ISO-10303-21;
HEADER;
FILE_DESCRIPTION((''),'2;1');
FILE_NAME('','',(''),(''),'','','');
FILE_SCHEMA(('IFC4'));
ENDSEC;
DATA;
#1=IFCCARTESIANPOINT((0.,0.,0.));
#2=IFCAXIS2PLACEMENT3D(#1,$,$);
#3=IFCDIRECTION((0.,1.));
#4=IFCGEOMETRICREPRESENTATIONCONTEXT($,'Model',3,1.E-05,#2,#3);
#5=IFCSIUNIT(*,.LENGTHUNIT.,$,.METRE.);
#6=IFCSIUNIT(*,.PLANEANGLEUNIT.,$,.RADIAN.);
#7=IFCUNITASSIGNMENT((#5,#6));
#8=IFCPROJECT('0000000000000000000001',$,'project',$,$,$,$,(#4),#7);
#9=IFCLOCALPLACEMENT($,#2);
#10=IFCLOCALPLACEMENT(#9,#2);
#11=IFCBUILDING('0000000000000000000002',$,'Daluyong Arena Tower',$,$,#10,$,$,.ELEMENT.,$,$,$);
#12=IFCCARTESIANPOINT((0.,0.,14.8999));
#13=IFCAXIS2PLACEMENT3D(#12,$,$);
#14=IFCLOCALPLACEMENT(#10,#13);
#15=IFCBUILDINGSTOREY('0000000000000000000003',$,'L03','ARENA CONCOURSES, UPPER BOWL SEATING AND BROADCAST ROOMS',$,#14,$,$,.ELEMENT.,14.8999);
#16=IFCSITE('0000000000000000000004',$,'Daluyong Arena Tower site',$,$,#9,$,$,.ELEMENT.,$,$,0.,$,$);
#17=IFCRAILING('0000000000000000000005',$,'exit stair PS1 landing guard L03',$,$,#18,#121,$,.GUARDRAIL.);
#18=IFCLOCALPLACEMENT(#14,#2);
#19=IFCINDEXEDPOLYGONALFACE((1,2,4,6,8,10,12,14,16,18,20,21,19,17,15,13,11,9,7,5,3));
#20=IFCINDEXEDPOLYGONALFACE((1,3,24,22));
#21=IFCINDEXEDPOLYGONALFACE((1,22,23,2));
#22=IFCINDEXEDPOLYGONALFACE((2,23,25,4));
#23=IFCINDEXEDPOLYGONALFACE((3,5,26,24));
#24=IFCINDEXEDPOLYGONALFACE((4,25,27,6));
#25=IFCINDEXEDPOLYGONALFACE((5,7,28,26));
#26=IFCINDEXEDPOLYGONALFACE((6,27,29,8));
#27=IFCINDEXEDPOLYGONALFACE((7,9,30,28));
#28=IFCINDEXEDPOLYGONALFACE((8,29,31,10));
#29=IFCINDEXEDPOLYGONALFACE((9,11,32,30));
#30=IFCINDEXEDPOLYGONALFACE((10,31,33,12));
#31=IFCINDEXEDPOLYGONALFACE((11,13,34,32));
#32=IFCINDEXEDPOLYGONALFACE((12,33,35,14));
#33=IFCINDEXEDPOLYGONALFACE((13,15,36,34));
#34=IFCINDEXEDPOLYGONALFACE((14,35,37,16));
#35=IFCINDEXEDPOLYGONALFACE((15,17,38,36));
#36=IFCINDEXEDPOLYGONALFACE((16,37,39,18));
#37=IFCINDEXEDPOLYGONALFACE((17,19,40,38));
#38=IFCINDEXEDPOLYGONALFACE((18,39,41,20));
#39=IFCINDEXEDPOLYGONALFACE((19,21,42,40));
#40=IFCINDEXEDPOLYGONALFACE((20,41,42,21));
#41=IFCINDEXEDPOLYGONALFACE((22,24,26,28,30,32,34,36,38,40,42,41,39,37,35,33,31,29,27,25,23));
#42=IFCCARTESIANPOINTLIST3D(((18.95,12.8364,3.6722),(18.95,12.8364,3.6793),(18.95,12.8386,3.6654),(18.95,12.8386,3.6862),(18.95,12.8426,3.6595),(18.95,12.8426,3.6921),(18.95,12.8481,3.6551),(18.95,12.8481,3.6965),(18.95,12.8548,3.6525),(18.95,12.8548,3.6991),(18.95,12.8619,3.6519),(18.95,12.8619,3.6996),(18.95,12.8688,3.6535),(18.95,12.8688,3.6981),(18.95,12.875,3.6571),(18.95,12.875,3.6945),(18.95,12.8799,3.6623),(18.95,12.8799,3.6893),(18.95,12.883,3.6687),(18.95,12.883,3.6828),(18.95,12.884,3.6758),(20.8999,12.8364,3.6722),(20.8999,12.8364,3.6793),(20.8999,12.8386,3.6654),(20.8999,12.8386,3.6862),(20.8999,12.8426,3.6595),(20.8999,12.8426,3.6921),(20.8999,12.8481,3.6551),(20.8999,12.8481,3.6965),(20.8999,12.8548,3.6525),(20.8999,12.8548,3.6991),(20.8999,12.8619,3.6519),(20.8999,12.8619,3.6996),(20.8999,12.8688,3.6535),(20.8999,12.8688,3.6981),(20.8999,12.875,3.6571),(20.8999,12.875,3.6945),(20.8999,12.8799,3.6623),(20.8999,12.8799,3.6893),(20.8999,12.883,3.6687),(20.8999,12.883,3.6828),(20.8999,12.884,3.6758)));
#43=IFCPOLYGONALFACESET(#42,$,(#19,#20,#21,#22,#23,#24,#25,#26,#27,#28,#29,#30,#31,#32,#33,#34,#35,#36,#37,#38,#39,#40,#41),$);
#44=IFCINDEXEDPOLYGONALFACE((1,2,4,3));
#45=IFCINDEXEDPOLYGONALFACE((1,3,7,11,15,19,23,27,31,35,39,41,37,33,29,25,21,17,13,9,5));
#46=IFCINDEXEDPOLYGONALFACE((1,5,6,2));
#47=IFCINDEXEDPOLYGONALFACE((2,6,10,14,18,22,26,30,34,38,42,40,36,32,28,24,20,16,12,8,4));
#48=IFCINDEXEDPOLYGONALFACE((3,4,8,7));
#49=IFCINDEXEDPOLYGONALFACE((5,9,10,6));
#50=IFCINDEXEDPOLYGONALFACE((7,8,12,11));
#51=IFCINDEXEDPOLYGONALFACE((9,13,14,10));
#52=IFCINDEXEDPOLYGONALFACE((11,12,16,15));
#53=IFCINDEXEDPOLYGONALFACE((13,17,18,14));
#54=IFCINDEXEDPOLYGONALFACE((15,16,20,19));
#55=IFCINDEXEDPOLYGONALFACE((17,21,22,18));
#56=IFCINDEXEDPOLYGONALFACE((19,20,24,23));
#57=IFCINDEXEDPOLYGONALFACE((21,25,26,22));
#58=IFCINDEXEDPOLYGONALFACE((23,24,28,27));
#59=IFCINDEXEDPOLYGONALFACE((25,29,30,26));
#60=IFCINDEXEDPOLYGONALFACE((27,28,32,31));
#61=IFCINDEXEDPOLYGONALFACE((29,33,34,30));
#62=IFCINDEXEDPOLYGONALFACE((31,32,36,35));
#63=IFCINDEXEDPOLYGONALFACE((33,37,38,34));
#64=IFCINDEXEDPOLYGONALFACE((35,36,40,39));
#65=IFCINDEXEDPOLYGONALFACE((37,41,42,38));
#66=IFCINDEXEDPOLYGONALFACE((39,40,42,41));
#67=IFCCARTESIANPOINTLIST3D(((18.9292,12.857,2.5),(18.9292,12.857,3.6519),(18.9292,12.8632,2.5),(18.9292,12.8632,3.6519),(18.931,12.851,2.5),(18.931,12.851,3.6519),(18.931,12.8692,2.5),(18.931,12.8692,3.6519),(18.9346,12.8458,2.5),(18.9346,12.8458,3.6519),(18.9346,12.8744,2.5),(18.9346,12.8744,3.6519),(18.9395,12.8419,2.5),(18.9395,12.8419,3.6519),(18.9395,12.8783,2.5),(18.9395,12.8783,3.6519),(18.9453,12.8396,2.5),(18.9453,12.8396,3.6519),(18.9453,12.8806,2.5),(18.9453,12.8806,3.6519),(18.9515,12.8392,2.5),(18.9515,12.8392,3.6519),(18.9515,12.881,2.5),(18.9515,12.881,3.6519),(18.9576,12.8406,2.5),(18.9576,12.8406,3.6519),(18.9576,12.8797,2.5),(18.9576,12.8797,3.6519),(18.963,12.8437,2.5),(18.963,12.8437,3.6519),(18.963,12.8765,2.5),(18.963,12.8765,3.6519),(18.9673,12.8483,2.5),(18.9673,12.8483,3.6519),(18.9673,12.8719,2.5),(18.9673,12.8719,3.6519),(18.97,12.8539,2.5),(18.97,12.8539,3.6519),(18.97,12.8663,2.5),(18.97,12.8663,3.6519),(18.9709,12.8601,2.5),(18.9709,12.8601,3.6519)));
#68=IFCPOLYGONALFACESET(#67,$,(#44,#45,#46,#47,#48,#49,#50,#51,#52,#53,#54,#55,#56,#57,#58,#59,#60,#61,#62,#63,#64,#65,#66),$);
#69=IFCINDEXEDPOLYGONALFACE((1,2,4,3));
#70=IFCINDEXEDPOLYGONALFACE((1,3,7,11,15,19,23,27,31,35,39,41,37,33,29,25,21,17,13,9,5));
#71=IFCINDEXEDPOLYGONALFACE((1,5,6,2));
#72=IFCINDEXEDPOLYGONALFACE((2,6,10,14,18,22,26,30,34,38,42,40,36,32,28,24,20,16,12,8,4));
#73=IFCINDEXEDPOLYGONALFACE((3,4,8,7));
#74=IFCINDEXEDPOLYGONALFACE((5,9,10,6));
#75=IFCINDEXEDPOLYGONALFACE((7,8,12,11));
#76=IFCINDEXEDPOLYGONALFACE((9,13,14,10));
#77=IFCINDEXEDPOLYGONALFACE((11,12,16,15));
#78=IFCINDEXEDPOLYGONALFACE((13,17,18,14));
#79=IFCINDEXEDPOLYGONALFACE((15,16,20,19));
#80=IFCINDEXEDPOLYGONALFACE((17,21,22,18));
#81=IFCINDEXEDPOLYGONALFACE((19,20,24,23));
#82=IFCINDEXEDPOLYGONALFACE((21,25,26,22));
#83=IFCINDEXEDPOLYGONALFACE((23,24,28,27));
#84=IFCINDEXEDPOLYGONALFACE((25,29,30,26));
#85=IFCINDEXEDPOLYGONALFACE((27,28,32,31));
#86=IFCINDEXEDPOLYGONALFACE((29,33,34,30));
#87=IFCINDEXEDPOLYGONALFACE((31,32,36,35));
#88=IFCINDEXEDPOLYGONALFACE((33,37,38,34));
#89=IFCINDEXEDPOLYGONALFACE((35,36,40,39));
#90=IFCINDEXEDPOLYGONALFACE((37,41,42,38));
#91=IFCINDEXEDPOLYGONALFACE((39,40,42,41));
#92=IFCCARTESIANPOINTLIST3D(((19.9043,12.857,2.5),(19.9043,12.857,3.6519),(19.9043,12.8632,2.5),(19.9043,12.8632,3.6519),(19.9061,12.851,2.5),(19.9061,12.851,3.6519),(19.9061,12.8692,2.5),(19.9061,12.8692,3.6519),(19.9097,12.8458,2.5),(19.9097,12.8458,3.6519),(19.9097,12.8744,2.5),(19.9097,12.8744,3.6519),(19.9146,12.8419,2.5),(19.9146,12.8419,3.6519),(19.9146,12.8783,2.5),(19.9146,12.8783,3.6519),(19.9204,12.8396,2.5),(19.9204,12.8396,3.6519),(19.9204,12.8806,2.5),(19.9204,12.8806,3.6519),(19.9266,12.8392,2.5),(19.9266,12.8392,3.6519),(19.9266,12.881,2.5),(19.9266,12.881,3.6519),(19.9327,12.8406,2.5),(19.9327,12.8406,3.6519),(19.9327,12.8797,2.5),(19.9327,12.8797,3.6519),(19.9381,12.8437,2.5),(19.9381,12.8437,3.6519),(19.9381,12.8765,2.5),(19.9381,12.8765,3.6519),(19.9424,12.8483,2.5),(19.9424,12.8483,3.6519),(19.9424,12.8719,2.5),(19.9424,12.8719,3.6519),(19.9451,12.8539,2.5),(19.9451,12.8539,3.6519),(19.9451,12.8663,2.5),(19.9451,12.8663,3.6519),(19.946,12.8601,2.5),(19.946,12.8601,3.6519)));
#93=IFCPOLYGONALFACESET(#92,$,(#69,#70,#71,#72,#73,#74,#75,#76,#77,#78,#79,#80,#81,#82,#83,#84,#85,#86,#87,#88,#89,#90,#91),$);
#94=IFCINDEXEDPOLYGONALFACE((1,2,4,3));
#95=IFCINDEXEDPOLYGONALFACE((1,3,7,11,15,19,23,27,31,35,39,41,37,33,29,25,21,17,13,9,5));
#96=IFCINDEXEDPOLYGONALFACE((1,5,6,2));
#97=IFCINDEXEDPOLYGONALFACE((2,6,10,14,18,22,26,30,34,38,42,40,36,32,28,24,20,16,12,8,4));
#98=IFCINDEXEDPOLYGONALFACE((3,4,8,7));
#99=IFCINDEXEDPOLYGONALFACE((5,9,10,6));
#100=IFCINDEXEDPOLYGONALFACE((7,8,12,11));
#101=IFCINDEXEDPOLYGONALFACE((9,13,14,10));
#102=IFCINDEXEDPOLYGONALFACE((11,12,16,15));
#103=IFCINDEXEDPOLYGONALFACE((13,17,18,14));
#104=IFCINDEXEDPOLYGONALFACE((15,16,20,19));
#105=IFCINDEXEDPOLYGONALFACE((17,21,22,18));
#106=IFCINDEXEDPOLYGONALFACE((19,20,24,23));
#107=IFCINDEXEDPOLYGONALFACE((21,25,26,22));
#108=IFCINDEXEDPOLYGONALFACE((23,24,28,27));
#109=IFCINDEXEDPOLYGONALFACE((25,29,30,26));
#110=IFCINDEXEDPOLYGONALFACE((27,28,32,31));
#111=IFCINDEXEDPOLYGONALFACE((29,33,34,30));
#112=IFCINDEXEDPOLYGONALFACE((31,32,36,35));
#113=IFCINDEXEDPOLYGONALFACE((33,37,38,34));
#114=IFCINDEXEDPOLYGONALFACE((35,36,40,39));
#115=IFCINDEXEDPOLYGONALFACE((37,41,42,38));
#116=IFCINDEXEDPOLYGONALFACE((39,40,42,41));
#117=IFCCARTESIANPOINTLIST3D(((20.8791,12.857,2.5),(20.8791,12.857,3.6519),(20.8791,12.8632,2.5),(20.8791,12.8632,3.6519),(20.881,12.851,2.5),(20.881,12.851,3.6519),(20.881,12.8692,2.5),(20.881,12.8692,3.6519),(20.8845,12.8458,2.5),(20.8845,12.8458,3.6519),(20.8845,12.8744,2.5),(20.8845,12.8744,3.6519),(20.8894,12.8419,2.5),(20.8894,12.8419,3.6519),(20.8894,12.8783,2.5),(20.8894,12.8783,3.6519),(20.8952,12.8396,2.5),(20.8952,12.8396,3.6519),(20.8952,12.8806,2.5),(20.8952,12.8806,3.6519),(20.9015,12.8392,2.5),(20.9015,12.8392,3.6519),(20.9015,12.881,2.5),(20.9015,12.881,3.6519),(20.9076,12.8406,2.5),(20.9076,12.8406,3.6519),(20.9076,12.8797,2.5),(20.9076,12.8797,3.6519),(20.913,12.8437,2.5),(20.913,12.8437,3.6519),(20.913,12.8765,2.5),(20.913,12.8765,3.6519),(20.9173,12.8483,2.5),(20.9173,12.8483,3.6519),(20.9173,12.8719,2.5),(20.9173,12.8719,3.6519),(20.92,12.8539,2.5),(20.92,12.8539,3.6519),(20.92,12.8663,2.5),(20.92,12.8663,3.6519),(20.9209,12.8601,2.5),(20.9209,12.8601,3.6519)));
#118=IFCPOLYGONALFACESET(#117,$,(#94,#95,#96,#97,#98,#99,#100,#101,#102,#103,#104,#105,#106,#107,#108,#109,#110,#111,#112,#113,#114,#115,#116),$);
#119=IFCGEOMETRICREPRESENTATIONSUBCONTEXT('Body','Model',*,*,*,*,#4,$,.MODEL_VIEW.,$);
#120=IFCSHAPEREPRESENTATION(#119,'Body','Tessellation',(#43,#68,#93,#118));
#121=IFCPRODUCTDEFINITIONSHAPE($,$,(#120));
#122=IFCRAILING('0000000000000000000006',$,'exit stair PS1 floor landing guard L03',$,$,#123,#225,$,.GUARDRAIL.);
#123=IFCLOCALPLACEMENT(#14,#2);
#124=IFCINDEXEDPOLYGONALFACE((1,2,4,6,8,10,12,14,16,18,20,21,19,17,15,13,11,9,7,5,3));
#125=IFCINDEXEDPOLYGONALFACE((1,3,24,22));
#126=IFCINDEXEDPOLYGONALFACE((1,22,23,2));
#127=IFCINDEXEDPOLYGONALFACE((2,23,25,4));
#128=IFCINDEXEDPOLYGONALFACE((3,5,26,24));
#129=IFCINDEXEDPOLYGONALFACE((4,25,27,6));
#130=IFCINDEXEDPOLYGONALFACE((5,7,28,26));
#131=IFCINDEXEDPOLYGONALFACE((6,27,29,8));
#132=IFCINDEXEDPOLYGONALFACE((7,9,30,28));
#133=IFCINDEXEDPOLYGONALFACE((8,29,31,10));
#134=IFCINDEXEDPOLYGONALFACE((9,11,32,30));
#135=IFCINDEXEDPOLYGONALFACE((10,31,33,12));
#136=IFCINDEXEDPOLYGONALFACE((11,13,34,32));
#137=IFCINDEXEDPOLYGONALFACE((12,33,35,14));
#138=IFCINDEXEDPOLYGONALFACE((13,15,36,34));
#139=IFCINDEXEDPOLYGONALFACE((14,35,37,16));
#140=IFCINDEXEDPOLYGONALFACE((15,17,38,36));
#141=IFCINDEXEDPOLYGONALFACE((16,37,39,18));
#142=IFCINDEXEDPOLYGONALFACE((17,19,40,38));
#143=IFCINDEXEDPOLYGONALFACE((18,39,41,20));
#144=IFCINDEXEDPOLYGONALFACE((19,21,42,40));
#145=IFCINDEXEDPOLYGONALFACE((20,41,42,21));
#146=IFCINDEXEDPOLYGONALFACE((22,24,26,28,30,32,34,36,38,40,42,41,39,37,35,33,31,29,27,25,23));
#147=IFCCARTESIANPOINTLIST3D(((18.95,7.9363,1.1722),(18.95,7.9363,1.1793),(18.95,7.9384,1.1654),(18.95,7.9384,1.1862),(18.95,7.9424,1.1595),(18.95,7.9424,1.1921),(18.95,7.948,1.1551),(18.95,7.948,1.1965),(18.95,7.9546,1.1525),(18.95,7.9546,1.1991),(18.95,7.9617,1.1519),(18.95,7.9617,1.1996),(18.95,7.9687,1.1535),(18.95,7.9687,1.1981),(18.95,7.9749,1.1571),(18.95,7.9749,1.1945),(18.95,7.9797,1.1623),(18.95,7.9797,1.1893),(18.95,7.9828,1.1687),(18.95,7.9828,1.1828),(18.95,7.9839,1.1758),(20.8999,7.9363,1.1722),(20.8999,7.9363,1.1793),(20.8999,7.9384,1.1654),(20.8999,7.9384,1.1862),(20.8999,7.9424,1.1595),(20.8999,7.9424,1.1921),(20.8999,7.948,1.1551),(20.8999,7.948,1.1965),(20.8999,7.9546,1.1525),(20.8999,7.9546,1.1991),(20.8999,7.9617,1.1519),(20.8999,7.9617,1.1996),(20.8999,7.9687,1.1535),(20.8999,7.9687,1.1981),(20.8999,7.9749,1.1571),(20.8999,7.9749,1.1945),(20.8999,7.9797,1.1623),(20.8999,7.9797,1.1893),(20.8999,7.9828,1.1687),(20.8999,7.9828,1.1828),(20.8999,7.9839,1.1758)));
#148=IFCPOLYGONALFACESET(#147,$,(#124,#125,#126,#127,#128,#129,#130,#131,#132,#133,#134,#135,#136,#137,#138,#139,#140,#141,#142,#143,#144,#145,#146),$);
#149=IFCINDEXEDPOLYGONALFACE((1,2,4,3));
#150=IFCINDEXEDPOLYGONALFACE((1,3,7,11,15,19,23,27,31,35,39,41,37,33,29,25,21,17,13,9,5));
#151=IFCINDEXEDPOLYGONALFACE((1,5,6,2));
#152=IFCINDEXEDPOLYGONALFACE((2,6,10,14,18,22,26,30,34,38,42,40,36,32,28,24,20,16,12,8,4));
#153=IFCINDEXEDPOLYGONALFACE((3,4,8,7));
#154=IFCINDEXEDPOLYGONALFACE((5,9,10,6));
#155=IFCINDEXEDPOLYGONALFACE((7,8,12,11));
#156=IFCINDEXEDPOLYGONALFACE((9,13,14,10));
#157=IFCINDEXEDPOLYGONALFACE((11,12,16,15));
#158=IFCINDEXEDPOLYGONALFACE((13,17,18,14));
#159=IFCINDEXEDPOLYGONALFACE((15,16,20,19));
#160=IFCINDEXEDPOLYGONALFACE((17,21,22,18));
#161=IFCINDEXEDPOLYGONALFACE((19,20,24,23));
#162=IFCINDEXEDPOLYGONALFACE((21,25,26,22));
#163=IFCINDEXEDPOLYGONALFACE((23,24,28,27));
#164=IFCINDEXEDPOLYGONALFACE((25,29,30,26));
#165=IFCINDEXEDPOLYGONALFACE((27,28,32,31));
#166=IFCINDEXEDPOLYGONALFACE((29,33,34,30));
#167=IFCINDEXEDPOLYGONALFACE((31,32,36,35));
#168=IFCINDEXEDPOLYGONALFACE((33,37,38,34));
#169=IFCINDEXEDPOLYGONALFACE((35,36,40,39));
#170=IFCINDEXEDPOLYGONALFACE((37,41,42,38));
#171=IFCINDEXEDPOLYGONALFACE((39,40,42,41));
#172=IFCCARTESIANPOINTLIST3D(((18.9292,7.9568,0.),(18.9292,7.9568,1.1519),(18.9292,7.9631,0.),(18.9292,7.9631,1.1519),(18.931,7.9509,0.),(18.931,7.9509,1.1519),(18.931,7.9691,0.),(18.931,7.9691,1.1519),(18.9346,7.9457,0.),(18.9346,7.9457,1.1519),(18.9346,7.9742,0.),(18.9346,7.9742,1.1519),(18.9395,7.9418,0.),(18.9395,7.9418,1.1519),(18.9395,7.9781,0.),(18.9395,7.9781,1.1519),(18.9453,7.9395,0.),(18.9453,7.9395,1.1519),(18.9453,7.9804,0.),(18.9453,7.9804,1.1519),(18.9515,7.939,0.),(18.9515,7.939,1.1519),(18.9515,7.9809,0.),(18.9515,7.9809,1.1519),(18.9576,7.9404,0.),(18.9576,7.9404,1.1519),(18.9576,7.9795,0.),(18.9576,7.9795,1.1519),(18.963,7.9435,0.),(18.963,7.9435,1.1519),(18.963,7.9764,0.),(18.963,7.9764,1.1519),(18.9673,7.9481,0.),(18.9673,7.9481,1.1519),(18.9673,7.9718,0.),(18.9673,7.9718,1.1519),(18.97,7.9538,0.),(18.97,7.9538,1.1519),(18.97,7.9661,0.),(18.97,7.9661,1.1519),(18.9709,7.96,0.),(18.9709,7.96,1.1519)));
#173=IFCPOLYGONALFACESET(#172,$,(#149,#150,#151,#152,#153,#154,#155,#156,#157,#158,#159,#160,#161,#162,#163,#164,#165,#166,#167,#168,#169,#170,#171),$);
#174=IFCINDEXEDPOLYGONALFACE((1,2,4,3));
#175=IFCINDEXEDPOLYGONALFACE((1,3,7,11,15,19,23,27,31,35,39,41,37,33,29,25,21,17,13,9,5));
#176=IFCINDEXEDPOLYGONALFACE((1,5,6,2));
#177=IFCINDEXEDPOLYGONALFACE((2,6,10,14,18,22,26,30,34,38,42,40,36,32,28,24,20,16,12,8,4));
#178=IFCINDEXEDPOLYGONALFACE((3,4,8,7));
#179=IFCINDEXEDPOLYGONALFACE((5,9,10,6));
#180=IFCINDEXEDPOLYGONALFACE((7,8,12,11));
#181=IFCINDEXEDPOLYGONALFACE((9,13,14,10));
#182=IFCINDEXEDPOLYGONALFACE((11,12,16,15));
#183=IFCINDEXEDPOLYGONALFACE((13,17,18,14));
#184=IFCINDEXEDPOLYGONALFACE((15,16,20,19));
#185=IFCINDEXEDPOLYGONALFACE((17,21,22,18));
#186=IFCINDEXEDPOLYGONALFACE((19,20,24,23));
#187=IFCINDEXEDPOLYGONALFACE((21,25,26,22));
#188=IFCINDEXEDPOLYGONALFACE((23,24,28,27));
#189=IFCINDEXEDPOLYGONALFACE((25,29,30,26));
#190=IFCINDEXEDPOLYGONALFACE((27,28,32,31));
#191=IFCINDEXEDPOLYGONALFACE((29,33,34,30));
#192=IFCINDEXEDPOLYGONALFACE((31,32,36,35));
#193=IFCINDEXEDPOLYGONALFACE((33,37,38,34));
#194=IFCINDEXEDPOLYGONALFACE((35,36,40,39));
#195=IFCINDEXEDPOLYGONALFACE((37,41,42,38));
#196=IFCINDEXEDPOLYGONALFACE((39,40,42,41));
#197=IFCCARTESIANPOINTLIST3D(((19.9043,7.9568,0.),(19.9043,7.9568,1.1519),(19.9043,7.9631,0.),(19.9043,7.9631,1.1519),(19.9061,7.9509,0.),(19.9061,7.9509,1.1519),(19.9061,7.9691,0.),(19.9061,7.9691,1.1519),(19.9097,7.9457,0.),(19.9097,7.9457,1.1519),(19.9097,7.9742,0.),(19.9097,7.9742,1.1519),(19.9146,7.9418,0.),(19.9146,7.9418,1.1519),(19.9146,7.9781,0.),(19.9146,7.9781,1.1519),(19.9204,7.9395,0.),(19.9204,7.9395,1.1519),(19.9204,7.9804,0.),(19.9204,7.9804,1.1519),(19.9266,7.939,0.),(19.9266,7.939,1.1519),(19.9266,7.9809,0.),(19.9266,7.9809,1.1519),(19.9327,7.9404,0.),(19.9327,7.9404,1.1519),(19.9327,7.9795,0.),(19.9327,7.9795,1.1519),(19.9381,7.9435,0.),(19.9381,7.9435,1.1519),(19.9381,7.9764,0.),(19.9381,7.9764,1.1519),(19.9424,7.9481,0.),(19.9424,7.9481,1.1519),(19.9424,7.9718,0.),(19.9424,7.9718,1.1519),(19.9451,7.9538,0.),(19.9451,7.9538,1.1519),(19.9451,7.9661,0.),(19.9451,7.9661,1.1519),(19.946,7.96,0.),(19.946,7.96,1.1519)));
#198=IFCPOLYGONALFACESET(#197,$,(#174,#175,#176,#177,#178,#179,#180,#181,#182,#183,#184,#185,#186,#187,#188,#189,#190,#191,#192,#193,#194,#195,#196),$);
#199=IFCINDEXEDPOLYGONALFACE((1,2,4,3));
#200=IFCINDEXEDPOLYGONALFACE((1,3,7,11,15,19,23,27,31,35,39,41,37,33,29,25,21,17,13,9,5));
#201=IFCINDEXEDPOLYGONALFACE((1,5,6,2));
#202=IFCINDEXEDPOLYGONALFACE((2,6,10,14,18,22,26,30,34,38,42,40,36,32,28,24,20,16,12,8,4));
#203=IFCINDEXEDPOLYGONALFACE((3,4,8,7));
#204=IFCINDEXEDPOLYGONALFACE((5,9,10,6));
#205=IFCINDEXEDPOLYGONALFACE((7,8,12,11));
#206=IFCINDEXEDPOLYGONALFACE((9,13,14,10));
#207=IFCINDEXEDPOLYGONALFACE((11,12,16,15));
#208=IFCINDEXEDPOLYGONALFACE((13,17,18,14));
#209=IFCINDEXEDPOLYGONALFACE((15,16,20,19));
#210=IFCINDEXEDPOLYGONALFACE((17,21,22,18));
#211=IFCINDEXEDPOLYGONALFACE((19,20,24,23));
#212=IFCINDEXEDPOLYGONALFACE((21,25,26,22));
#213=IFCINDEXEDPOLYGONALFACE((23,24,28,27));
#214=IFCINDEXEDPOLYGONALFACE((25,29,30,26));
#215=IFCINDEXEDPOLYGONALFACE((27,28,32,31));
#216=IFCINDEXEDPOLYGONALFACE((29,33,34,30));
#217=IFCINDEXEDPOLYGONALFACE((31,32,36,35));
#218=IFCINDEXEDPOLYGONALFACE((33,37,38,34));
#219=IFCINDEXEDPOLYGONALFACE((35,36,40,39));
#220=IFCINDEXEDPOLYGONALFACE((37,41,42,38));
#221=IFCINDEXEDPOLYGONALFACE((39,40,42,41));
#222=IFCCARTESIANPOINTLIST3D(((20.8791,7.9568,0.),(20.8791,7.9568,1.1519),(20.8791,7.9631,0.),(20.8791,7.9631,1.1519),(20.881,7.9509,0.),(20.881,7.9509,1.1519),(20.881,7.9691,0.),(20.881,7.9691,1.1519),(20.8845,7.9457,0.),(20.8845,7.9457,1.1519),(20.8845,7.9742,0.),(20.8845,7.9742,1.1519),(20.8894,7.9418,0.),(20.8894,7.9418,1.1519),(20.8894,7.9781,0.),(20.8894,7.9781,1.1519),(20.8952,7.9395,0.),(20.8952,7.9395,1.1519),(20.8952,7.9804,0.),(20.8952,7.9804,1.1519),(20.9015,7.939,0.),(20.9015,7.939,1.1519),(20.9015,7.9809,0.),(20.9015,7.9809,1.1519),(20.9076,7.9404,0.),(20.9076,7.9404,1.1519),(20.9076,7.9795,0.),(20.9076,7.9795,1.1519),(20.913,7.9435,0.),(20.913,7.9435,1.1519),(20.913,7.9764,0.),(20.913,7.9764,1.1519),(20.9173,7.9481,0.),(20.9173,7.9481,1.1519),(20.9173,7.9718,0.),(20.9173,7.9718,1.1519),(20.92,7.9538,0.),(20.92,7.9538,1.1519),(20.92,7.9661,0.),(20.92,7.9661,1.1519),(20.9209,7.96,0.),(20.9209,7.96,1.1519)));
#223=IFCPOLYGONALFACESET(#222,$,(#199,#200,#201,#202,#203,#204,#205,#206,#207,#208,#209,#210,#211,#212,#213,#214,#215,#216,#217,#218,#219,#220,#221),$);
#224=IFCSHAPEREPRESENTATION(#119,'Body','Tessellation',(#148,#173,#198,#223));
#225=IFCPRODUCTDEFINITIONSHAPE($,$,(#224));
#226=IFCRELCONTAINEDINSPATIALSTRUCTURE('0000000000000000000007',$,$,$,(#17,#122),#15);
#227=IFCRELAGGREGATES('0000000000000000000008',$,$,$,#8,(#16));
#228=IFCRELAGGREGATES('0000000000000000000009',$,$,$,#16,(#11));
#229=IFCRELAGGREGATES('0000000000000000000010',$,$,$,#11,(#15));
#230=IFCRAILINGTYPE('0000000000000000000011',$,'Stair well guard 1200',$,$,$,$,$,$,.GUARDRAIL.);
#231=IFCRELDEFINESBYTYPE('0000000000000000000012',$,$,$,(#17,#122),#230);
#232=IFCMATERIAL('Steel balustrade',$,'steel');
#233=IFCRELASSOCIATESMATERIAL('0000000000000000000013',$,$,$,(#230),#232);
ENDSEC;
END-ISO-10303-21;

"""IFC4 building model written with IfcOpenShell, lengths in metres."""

from ifc_helpers import new_model, si_unit, direction, frame, origin, origin_2d, place, context, subcontext, project, spatial, circle, extrude, material, type_object, element, save


model = new_model("IFC4")

# Units and contexts
model_context = context("Model", 3, precision=1e-05, world=origin(), true_north=direction((0.0, 1.0)))
body_context = subcontext(model_context, "Body", "Model", "MODEL_VIEW")
ifc_project = project(units=[si_unit("LENGTHUNIT", "METRE"), si_unit("PLANEANGLEUNIT", "RADIAN")], contexts=[model_context])

# Site, building, storey
site_placement = place(None, origin())
site = spatial("IfcSite", under=ifc_project, at=site_placement, Name="Daluyong Arena Tower site", CompositionType="ELEMENT", RefElevation=0.0)
building_placement = place(site_placement, origin())
building = spatial("IfcBuilding", under=site, at=building_placement, Name="Daluyong Arena Tower", CompositionType="ELEMENT")
storey_placement = place(building_placement, frame((0.0, 0.0, 14.8999)))
storey = spatial("IfcBuildingStorey", under=building, at=storey_placement, Name="L03", Description="ARENA CONCOURSES, UPPER BOWL SEATING AND BROADCAST ROOMS", CompositionType="ELEMENT", Elevation=14.8999)

# Railings
ifc_material_1 = material(Name="Steel balustrade", Category="steel")
railing_type_1 = type_object("IfcRailingType", Name="Stair well guard 1200", PredefinedType="GUARDRAIL", material=ifc_material_1)
for number, where, name in (
    (1, (18.95, 12.8601, 2.5), "exit stair PS1 landing guard L03"),
    (2, (18.95, 7.96, 0.0), "exit stair PS1 floor landing guard L03"),
):
    element("IfcRailing", number, at=place(storey_placement, frame(where)), inside=storey, type_object=railing_type_1, Name=name, PredefinedType="GUARDRAIL", context=body_context, shape_type="SweptSolid", body=[
        extrude(circle(Radius=0.0239, at=origin_2d()), frame((0.0, 0.0, 1.1758), z_axis=(1.0, 0.0, 0.0), x_axis=(0.0, 1.0, 0.0)), (0.0, 0.0, 1.0), 1.95),
        extrude(circle(Radius=0.021, at=origin_2d()), origin(), (0.0, 0.0, 1.0), 1.1519),
        extrude(circle(Radius=0.021, at=origin_2d()), frame((0.9751, 0.0, 0.0)), (0.0, 0.0, 1.0), 1.1519),
        extrude(circle(Radius=0.021, at=origin_2d()), frame((1.95, 0.0, 0.0)), (0.0, 0.0, 1.0), 1.1519),
    ])

save(model, "model.ifc")
